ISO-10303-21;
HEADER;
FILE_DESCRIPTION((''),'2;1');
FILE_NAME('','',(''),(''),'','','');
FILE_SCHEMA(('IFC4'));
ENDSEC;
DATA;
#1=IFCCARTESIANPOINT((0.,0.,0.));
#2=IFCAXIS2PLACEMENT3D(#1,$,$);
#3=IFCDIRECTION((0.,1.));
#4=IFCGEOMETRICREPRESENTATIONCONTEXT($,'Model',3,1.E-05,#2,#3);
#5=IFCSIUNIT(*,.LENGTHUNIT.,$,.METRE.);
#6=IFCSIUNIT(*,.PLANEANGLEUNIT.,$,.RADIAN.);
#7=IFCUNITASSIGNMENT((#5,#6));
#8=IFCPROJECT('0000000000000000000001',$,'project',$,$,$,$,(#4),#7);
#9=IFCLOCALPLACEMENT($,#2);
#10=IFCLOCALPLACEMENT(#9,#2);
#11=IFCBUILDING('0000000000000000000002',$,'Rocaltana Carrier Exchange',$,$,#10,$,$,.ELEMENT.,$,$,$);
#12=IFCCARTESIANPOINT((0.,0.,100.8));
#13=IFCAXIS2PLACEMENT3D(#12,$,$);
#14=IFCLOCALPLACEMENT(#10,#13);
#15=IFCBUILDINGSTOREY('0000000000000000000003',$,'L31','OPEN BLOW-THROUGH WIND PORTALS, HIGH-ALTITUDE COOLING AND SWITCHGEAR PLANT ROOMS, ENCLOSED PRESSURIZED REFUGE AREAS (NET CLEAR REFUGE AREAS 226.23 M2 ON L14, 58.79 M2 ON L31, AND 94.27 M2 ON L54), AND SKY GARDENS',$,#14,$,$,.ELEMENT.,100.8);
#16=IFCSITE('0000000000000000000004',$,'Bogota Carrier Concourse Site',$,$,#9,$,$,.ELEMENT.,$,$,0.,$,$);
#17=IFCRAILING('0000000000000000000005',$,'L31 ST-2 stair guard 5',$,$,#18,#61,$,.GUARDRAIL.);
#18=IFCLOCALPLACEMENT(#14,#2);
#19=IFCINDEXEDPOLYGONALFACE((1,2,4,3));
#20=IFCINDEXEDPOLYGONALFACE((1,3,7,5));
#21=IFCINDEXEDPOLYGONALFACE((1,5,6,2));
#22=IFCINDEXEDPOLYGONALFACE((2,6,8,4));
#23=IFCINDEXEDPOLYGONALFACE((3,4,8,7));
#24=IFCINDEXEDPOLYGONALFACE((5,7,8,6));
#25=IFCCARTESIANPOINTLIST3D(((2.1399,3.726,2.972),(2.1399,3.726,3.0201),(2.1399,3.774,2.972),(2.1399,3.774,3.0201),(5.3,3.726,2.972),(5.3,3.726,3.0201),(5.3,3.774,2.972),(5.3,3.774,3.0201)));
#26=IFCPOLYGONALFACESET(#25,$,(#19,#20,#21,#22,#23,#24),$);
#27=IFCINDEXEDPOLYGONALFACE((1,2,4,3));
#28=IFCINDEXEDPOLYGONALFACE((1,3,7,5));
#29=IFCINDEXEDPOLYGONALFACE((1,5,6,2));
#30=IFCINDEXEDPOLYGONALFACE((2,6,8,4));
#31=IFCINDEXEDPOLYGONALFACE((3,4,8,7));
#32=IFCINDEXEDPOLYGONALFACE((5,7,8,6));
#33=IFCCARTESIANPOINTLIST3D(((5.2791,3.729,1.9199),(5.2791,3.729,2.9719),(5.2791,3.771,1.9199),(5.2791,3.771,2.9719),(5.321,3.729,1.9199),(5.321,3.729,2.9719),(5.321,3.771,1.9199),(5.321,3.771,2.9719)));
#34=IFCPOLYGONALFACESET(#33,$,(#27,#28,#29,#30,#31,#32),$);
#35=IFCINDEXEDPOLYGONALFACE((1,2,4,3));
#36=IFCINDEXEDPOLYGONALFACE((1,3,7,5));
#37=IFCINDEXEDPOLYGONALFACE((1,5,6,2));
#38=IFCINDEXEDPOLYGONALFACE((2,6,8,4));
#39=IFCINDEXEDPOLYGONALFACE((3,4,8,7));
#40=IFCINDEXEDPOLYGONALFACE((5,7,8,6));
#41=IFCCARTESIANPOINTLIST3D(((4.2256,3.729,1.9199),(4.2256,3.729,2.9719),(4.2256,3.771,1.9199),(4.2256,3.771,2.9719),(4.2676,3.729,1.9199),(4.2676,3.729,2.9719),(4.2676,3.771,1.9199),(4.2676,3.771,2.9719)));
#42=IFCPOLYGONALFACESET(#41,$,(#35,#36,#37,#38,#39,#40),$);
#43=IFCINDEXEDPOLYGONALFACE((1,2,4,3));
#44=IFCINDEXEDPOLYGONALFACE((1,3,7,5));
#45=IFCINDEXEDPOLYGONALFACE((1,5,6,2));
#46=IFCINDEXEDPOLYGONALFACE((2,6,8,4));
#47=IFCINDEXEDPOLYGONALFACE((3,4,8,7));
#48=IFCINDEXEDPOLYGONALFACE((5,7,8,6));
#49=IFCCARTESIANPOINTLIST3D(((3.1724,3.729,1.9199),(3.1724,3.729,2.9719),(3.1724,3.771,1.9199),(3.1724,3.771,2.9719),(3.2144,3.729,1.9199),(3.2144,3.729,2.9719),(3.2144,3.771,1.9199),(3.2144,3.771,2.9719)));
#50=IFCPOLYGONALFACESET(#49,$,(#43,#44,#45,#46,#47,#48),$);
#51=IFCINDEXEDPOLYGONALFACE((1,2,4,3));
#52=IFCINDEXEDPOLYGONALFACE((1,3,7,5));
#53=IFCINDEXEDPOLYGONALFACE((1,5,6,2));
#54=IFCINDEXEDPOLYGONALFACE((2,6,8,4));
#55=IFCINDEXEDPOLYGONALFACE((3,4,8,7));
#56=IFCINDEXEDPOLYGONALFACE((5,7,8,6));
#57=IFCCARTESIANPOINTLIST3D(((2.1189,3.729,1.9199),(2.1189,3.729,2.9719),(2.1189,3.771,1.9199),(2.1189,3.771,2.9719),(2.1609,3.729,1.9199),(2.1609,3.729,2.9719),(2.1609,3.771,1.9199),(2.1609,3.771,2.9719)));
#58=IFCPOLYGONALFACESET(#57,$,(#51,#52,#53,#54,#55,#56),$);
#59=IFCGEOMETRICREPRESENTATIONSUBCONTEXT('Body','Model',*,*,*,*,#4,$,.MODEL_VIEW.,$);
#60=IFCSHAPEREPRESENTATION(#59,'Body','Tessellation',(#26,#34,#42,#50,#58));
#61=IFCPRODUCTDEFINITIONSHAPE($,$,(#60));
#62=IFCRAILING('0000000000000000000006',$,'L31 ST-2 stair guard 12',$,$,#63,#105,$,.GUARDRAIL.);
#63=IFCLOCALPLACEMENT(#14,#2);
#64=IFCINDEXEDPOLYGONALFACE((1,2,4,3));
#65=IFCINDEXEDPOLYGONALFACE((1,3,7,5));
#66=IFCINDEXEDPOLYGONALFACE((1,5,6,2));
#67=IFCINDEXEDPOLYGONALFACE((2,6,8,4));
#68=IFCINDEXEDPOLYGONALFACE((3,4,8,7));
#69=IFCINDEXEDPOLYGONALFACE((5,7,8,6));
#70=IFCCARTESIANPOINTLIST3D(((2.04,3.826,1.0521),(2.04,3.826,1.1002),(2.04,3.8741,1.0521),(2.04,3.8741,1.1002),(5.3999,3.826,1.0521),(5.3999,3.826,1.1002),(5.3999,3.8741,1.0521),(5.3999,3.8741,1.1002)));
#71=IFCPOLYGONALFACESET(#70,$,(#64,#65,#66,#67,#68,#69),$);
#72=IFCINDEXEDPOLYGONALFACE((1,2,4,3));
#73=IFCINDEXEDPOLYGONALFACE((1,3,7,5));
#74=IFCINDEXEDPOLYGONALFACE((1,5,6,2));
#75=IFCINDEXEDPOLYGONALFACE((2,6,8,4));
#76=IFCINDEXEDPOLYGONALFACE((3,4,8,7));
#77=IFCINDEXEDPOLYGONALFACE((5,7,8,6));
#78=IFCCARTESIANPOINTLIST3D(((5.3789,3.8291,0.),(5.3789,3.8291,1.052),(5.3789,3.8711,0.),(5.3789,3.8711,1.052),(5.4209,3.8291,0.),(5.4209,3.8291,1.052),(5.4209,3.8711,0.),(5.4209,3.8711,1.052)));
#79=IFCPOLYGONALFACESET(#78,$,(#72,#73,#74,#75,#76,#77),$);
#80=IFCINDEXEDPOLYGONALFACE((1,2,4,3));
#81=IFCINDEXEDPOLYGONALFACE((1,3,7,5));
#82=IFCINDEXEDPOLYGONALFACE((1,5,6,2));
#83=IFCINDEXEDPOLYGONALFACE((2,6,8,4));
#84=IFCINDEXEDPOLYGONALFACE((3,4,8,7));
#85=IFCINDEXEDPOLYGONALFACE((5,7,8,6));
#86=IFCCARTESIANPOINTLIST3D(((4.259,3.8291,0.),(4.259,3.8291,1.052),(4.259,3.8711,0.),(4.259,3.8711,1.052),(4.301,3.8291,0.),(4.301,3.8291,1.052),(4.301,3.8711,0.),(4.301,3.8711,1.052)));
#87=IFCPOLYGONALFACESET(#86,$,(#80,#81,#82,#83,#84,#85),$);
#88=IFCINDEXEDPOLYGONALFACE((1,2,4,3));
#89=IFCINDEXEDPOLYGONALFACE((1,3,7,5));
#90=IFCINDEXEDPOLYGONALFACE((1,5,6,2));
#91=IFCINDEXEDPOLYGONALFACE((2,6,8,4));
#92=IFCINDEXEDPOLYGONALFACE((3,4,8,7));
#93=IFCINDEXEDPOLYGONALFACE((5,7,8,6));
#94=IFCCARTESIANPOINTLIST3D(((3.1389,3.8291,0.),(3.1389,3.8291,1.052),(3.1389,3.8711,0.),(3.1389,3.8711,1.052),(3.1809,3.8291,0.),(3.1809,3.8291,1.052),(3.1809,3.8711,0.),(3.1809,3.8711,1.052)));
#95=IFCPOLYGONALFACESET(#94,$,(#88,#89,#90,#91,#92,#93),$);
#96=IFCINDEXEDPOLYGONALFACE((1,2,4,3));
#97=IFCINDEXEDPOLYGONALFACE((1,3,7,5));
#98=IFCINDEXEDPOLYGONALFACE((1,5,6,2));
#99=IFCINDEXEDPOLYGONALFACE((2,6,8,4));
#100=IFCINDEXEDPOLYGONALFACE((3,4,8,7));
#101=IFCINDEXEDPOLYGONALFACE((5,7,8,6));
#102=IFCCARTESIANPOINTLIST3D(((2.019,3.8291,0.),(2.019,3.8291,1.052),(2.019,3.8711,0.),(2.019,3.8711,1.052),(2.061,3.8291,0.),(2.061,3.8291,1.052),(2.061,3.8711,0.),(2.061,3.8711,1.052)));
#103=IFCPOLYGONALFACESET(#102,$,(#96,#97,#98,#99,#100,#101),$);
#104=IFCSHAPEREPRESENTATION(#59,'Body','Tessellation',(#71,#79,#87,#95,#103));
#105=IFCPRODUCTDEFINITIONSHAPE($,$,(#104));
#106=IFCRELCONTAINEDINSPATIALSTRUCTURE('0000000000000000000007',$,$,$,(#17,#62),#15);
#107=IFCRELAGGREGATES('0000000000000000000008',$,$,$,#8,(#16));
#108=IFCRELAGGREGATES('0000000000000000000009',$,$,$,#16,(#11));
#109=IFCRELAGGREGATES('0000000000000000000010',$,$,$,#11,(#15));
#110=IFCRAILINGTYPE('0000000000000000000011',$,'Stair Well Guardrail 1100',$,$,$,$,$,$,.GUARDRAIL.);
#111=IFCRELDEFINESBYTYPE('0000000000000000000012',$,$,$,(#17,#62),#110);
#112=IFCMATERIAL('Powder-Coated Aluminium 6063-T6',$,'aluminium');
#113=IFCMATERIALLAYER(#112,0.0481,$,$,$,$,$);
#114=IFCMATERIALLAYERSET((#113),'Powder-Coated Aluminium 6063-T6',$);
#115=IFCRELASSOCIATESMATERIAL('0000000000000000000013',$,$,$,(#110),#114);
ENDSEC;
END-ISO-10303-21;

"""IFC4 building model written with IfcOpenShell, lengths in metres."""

from ifc_helpers import new_model, si_unit, direction, frame, origin, origin_2d, place, context, subcontext, project, spatial, rectangle, extrude, material, layer, layer_set, type_object, element, save


model = new_model("IFC4")

# Units and contexts
model_context = context("Model", 3, precision=1e-05, world=origin(), true_north=direction((0.0, 1.0)))
body_context = subcontext(model_context, "Body", "Model", "MODEL_VIEW")
ifc_project = project(units=[si_unit("LENGTHUNIT", "METRE"), si_unit("PLANEANGLEUNIT", "RADIAN")], contexts=[model_context])

# Site, building, storey
site_placement = place(None, origin())
site = spatial("IfcSite", under=ifc_project, at=site_placement, Name="Bogota Carrier Concourse Site", CompositionType="ELEMENT", RefElevation=0.0)
building_placement = place(site_placement, origin())
building = spatial("IfcBuilding", under=site, at=building_placement, Name="Rocaltana Carrier Exchange", CompositionType="ELEMENT")
storey_placement = place(building_placement, frame((0.0, 0.0, 100.8)))
storey = spatial("IfcBuildingStorey", under=building, at=storey_placement, Name="L31", Description="OPEN BLOW-THROUGH WIND PORTALS, HIGH-ALTITUDE COOLING AND SWITCHGEAR PLANT ROOMS, ENCLOSED PRESSURIZED REFUGE AREAS (NET CLEAR REFUGE AREAS 226.23 M2 ON L14, 58.79 M2 ON L31, AND 94.27 M2 ON L54), AND SKY GARDENS", CompositionType="ELEMENT", Elevation=100.8)

# Railings
ifc_material_1 = material(Name="Powder-Coated Aluminium 6063-T6", Category="aluminium")
ifc_layer_1 = layer(ifc_material_1, 0.0481)
ifc_layer_set_1 = layer_set([ifc_layer_1], Name="Powder-Coated Aluminium 6063-T6")
railing_type_1 = type_object("IfcRailingType", Name="Stair Well Guardrail 1100", PredefinedType="GUARDRAIL", material=ifc_layer_set_1)
railing_1_placement = place(storey_placement, frame((5.3, 3.75, 1.9199)))
element("IfcRailing", 1, at=railing_1_placement, inside=storey, type_object=railing_type_1, Name="L31 ST-2 stair guard 5", PredefinedType="GUARDRAIL", context=body_context, shape_type="SweptSolid", body=[
    extrude(rectangle(XDim=0.0481, YDim=0.0481, at=origin_2d()), frame((0.0, 0.0, 1.0762), z_axis=(-1.0, 0.0, 0.0), x_axis=(0.0, -1.0, 0.0)), (0.0, 0.0, 1.0), 3.1602),
    extrude(rectangle(XDim=0.042, YDim=0.042, at=origin_2d()), origin(), (0.0, 0.0, 1.0), 1.052),
    extrude(rectangle(XDim=0.042, YDim=0.042, at=origin_2d()), frame((-1.0535, 0.0, 0.0)), (0.0, 0.0, 1.0), 1.052),
    extrude(rectangle(XDim=0.042, YDim=0.042, at=origin_2d()), frame((-2.1067, 0.0, 0.0)), (0.0, 0.0, 1.0), 1.052),
    extrude(rectangle(XDim=0.042, YDim=0.042, at=origin_2d()), frame((-3.1602, 0.0, 0.0)), (0.0, 0.0, 1.0), 1.052),
])
railing_2_placement = place(storey_placement, frame((5.3999, 3.8501, 0.0)))
element("IfcRailing", 2, at=railing_2_placement, inside=storey, type_object=railing_type_1, Name="L31 ST-2 stair guard 12", PredefinedType="GUARDRAIL", context=body_context, shape_type="SweptSolid", body=[
    extrude(rectangle(XDim=0.0481, YDim=0.0481, at=origin_2d()), frame((0.0, 0.0, 1.0762), z_axis=(-1.0, 0.0, 0.0), x_axis=(0.0, -1.0, 0.0)), (0.0, 0.0, 1.0), 3.3599),
    extrude(rectangle(XDim=0.042, YDim=0.042, at=origin_2d()), origin(), (0.0, 0.0, 1.0), 1.052),
    extrude(rectangle(XDim=0.042, YDim=0.042, at=origin_2d()), frame((-1.1199, 0.0, 0.0)), (0.0, 0.0, 1.0), 1.052),
    extrude(rectangle(XDim=0.042, YDim=0.042, at=origin_2d()), frame((-2.24, 0.0, 0.0)), (0.0, 0.0, 1.0), 1.052),
    extrude(rectangle(XDim=0.042, YDim=0.042, at=origin_2d()), frame((-3.3599, 0.0, 0.0)), (0.0, 0.0, 1.0), 1.052),
])

save(model, "model.ifc")
